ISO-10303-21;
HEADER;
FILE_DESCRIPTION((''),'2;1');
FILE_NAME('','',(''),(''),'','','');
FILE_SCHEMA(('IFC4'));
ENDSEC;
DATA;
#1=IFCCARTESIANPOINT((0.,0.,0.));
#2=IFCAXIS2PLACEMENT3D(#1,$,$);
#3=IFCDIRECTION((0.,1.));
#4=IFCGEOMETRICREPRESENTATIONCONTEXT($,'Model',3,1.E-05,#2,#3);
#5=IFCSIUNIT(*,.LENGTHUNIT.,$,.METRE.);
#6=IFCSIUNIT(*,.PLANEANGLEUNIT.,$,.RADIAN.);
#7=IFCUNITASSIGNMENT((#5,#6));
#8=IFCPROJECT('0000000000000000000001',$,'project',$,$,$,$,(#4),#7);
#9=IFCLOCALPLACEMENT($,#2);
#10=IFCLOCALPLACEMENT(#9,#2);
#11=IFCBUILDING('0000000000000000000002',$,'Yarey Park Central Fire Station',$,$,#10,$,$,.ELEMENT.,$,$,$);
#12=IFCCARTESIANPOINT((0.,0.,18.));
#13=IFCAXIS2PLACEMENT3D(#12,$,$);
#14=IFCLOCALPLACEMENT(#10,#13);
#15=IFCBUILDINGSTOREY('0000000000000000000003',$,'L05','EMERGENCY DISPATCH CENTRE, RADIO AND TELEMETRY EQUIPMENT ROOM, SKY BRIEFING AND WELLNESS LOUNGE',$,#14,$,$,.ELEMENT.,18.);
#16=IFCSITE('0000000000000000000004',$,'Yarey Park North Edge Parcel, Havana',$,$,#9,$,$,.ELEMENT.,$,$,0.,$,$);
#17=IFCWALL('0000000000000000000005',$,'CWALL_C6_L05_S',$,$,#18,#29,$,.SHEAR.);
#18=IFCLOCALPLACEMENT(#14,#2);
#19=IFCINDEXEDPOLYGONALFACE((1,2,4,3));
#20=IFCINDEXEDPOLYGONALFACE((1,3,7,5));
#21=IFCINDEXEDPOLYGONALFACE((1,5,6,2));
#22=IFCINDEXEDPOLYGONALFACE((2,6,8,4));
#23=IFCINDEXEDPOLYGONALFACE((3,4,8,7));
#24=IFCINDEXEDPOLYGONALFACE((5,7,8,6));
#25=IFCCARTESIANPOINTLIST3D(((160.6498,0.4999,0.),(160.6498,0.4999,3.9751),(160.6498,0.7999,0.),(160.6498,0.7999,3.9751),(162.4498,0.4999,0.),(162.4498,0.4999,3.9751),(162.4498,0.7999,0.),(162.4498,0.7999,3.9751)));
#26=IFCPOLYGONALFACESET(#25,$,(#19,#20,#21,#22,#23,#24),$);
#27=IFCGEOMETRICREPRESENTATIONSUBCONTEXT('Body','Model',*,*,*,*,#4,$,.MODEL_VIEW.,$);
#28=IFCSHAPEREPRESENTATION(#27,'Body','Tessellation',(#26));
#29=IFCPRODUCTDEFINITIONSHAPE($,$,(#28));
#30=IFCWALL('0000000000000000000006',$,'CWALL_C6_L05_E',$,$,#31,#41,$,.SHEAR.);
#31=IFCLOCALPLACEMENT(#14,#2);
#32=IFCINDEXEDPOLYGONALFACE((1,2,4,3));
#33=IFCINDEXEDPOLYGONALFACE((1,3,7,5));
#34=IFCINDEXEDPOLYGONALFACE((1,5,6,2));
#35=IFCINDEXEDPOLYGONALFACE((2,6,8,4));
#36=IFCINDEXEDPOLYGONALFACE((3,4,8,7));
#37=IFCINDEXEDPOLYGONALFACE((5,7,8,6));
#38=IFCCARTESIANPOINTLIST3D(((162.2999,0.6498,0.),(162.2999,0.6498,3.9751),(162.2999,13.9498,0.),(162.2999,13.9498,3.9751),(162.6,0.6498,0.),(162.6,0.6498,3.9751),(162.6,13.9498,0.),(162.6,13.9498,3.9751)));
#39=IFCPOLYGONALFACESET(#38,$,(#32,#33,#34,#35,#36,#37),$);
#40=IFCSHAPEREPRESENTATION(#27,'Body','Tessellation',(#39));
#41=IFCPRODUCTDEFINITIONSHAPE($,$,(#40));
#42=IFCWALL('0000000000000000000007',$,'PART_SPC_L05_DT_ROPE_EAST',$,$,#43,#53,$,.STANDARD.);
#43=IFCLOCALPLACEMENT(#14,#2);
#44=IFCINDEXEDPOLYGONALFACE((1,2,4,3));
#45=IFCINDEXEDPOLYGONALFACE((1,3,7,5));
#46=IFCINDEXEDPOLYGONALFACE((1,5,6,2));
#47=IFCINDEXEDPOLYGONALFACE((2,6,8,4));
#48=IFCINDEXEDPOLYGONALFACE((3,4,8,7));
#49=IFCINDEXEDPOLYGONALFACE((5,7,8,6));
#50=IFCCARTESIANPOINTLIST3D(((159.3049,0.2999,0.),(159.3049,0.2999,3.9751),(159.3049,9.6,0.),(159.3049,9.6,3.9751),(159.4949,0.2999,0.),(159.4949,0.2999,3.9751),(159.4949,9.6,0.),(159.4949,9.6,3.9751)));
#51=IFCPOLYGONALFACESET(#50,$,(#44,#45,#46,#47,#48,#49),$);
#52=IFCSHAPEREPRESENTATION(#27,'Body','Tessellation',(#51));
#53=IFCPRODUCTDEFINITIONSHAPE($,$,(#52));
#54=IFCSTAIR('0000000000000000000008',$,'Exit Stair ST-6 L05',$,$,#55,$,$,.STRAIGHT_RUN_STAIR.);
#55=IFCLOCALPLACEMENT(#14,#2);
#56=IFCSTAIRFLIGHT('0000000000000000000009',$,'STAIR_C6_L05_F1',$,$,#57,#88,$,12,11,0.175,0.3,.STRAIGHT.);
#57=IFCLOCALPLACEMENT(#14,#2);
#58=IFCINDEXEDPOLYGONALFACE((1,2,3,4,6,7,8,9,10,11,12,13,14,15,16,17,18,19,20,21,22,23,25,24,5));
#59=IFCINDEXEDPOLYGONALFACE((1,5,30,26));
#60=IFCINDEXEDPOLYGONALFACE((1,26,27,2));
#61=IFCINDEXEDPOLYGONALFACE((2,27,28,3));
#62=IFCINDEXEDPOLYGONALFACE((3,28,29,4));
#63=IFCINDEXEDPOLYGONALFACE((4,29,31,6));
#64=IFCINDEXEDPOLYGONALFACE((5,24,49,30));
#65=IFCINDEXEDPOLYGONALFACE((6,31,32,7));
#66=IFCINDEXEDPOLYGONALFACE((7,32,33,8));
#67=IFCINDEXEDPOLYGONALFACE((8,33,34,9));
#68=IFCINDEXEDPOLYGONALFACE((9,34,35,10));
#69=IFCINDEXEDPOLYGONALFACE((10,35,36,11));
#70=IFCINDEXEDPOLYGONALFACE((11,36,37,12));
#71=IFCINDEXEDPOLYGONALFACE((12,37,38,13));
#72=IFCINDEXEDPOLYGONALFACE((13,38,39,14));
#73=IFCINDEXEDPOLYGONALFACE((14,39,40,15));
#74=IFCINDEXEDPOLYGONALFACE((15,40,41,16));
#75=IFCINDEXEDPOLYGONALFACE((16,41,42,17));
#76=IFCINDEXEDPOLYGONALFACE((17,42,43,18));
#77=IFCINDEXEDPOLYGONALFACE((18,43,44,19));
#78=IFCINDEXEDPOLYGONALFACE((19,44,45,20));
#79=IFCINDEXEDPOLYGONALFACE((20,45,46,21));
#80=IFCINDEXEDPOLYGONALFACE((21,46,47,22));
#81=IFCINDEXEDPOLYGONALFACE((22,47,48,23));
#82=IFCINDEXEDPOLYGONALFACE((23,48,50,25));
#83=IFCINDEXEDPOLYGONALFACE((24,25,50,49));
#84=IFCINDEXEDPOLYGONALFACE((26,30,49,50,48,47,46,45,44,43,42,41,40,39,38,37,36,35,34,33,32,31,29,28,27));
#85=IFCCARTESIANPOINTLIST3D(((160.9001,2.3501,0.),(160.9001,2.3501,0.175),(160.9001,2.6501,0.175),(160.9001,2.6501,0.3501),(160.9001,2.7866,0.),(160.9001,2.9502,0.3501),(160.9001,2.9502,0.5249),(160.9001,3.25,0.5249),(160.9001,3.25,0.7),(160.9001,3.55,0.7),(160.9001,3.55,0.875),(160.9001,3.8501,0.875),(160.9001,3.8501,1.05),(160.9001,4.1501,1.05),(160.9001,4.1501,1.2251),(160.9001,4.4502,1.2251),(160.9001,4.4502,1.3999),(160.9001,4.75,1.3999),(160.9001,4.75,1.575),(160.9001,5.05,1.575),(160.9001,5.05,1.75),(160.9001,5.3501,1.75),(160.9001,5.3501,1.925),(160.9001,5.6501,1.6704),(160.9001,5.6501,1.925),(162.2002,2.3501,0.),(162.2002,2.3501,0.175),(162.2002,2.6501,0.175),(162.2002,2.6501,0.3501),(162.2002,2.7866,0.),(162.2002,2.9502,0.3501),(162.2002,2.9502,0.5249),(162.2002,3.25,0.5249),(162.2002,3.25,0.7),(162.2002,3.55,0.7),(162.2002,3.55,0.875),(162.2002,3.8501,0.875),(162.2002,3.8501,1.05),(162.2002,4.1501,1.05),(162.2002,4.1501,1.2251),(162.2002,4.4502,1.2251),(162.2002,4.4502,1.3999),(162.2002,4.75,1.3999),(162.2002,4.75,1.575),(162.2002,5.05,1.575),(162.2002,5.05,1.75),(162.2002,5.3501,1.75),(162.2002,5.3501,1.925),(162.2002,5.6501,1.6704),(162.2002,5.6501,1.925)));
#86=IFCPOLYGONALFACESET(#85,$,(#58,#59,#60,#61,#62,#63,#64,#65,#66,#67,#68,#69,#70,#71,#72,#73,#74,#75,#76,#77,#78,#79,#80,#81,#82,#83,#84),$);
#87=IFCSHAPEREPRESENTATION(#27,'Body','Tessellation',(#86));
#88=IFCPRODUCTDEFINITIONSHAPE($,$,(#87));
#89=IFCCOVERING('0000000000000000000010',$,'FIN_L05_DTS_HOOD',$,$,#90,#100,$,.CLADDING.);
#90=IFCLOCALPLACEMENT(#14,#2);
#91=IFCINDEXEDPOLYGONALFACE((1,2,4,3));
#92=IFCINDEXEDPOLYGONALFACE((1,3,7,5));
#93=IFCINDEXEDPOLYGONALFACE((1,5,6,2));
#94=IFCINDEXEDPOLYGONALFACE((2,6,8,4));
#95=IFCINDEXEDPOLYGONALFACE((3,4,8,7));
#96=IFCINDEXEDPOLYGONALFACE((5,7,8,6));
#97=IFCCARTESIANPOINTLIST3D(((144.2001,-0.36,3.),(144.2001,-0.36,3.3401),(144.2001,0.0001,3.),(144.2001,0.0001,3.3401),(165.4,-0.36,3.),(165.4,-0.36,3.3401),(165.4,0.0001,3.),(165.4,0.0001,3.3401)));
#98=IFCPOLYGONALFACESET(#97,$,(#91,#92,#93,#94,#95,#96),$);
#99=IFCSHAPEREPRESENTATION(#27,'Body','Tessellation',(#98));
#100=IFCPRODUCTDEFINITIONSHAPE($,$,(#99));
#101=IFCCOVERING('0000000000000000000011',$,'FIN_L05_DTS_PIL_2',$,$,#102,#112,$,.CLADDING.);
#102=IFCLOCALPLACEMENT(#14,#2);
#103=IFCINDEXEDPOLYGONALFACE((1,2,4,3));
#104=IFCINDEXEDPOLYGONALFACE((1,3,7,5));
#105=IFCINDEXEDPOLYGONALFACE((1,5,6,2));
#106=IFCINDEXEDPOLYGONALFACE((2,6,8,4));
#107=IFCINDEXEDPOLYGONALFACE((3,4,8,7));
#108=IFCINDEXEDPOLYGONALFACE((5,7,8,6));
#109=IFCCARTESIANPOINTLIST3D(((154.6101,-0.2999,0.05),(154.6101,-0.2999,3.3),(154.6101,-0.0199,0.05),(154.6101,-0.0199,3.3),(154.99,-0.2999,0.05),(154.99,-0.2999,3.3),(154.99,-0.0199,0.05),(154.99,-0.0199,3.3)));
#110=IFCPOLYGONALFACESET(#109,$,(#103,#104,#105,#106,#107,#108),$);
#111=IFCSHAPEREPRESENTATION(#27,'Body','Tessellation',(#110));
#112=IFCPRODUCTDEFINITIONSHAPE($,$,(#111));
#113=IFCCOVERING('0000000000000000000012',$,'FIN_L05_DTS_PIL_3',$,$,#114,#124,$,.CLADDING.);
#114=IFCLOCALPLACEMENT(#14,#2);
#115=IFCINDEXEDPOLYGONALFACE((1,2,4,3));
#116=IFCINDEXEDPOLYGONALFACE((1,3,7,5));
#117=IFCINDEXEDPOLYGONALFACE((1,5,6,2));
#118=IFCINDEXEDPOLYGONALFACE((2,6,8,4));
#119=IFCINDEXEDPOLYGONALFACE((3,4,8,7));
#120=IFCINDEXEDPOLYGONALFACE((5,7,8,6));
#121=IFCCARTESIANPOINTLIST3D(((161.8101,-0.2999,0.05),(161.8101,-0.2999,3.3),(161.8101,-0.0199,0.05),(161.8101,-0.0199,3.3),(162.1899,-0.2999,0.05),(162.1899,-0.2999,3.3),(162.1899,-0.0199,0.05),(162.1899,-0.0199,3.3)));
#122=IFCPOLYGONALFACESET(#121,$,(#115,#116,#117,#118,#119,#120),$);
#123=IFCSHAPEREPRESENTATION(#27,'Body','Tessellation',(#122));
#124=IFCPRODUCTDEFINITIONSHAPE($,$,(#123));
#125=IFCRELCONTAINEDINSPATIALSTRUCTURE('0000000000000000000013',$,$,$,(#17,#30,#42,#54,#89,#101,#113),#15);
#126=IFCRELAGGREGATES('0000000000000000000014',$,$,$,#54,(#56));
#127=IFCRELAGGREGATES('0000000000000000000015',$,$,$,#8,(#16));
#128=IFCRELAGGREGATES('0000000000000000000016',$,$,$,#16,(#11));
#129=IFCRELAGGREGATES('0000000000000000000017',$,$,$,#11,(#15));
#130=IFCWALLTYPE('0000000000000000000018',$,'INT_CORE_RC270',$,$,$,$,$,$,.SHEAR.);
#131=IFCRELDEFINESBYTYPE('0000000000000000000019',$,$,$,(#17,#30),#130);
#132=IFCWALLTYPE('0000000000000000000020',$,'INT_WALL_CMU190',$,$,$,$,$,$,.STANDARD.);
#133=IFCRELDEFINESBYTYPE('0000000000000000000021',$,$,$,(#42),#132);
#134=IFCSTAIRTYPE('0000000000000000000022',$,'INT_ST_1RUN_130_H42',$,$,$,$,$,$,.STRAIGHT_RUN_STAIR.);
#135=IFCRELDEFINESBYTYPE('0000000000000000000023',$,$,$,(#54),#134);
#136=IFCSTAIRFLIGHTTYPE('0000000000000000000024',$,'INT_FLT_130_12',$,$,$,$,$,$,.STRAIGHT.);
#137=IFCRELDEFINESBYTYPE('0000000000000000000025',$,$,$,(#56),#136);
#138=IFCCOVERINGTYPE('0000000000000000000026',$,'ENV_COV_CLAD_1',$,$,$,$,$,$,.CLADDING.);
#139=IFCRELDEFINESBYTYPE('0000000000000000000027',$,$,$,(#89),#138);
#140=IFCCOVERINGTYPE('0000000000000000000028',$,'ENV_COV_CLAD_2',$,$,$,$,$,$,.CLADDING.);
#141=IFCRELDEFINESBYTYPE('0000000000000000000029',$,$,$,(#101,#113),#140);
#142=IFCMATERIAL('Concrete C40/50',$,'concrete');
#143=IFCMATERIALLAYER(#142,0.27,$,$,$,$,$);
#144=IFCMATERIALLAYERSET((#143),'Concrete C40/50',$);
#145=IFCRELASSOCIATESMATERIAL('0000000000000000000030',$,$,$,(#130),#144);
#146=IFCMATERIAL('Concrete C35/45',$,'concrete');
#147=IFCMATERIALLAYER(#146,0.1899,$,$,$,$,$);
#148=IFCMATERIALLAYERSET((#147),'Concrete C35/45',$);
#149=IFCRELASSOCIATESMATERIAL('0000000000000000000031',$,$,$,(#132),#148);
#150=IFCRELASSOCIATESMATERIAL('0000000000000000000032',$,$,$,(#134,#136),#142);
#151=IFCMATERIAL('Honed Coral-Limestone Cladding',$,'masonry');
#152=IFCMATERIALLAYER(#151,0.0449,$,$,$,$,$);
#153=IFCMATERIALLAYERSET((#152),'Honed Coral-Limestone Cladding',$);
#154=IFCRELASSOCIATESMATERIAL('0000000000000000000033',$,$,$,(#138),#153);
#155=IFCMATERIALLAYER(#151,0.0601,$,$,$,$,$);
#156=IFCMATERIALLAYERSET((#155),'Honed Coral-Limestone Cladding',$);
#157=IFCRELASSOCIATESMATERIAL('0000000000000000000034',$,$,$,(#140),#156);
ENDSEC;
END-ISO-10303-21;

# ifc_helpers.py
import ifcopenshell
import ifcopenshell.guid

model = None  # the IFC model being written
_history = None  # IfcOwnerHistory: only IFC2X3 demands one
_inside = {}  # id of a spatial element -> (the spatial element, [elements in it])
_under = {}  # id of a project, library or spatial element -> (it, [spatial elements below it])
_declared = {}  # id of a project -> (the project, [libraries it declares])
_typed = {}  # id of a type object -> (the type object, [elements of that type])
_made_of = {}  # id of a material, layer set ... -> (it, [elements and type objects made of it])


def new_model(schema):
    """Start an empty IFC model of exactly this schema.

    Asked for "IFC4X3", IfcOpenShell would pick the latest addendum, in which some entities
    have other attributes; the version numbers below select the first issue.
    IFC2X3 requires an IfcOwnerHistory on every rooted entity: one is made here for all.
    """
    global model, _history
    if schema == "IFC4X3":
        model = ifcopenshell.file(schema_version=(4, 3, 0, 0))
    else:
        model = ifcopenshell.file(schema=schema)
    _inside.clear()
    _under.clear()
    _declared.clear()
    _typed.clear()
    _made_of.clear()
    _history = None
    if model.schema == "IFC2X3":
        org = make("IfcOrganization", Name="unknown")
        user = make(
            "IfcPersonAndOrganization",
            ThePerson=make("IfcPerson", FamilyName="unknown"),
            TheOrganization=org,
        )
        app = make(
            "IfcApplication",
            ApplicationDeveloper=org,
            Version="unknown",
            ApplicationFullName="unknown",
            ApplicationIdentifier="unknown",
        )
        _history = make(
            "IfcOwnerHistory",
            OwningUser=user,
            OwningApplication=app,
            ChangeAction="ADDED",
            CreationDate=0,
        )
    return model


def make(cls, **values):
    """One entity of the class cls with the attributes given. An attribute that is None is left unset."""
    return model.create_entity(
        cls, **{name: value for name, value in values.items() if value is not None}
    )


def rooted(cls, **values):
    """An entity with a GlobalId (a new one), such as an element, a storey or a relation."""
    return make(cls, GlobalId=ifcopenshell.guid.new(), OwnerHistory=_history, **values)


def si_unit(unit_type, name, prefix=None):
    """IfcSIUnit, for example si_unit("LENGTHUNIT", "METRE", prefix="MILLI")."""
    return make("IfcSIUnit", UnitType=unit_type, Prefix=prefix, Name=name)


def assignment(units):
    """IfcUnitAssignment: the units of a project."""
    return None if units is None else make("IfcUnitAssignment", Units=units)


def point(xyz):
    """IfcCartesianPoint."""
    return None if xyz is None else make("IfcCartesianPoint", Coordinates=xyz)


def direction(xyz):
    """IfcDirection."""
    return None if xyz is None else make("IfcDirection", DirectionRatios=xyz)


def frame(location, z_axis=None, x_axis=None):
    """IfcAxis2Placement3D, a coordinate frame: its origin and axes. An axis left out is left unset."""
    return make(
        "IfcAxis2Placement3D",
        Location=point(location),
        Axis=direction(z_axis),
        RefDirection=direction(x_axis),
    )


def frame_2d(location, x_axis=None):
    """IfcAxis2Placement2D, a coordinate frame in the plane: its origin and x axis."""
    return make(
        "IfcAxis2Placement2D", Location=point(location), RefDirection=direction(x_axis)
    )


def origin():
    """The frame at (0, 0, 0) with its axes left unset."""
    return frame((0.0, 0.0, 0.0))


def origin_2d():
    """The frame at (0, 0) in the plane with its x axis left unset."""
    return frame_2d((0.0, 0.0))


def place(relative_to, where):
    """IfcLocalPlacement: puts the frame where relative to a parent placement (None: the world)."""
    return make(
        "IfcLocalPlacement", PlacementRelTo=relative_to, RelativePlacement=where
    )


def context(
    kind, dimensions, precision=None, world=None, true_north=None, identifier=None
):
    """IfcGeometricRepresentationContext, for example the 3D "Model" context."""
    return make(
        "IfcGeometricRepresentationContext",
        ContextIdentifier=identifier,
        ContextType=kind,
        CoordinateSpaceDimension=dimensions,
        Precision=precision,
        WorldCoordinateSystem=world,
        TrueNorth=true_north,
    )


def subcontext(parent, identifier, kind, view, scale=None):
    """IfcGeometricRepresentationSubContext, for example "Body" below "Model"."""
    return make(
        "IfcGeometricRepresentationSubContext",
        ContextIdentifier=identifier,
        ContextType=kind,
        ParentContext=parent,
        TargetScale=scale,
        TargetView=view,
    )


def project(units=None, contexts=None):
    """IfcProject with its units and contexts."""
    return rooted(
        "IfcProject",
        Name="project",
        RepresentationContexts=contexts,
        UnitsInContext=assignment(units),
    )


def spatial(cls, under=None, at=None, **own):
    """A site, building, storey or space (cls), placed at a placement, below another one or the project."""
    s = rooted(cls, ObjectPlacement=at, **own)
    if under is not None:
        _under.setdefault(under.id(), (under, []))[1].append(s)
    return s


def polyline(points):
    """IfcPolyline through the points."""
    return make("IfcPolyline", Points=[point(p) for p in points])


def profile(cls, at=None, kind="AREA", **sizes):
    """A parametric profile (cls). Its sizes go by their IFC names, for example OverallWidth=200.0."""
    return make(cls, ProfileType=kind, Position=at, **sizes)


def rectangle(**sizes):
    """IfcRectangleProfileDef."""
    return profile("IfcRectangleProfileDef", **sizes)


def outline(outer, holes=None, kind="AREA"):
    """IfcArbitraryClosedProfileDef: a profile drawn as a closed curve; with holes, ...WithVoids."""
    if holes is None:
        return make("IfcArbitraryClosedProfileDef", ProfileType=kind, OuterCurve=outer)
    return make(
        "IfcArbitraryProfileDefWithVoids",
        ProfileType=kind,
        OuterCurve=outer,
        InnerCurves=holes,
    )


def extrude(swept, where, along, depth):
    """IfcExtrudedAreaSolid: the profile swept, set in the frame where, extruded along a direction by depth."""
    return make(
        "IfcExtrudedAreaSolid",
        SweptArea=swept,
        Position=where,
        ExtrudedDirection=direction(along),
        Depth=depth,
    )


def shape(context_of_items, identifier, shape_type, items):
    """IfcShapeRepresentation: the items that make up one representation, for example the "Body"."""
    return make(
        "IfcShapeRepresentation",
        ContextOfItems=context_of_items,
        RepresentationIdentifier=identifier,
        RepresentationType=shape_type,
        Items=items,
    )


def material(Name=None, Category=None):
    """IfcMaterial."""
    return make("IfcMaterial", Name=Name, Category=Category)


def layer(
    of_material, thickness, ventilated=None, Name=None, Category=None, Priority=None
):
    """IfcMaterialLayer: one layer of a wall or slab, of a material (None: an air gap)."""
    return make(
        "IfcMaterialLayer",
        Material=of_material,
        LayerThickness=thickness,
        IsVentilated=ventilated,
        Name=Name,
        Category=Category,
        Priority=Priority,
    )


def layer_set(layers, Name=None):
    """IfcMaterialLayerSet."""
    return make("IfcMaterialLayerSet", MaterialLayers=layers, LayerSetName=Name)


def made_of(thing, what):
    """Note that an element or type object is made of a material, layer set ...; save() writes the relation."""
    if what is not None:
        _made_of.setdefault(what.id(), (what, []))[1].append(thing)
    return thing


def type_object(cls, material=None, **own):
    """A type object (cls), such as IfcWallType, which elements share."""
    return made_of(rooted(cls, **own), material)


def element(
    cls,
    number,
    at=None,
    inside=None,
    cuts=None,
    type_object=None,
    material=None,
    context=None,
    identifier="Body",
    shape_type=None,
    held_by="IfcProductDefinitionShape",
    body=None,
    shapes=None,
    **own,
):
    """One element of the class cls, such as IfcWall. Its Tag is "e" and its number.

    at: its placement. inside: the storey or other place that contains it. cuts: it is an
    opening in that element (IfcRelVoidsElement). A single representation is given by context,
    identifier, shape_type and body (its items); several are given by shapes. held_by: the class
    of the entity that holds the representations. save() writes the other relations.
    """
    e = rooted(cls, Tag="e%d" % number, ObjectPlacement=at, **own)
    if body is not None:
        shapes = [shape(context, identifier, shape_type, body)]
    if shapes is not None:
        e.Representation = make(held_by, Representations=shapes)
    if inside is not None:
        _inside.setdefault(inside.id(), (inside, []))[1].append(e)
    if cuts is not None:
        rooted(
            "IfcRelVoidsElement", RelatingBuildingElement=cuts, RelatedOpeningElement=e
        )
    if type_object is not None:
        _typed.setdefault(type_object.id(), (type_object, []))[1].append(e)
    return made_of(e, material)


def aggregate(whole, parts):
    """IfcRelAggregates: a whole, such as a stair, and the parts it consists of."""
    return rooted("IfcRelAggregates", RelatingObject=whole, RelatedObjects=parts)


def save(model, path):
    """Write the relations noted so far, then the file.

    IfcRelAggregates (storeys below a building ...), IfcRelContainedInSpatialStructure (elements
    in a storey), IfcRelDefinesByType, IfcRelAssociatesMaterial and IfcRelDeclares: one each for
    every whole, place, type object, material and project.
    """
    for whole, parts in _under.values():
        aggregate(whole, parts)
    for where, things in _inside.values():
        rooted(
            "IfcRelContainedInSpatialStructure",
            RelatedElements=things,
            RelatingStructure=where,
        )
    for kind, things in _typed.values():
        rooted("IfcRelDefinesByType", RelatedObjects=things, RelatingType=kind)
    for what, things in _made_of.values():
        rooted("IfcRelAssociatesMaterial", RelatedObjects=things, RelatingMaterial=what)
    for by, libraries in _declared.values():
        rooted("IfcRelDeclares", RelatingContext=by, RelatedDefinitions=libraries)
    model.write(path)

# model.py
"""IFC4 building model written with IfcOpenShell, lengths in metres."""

from ifc_helpers import new_model, si_unit, direction, frame, frame_2d, origin, origin_2d, place, context, subcontext, project, spatial, polyline, rectangle, outline, extrude, material, layer, layer_set, type_object, element, aggregate, save


model = new_model("IFC4")

# Units and contexts
model_context = context("Model", 3, precision=1e-05, world=origin(), true_north=direction((0.0, 1.0)))
body_context = subcontext(model_context, "Body", "Model", "MODEL_VIEW")
ifc_project = project(units=[si_unit("LENGTHUNIT", "METRE"), si_unit("PLANEANGLEUNIT", "RADIAN")], contexts=[model_context])

# Site, building, storey
site_placement = place(None, origin())
site = spatial("IfcSite", under=ifc_project, at=site_placement, Name="Yarey Park North Edge Parcel, Havana", CompositionType="ELEMENT", RefElevation=0.0)
building_placement = place(site_placement, origin())
building = spatial("IfcBuilding", under=site, at=building_placement, Name="Yarey Park Central Fire Station", CompositionType="ELEMENT")
storey_placement = place(building_placement, frame((0.0, 0.0, 18.0)))
storey = spatial("IfcBuildingStorey", under=building, at=storey_placement, Name="L05", Description="EMERGENCY DISPATCH CENTRE, RADIO AND TELEMETRY EQUIPMENT ROOM, SKY BRIEFING AND WELLNESS LOUNGE", CompositionType="ELEMENT", Elevation=18.0)

# Shared definitions
ifc_material_1 = material(Name="Concrete C40/50", Category="concrete")

# Shared definitions
ifc_layer_1 = layer(ifc_material_1, 0.27)
ifc_layer_set_1 = layer_set([ifc_layer_1], Name="Concrete C40/50")
wall_type_1 = type_object("IfcWallType", Name="INT_CORE_RC270", PredefinedType="SHEAR", material=ifc_layer_set_1)

# Walls
wall_1_placement = place(storey_placement, frame((160.6499, 0.6499, 0.0), z_axis=(0.0, 0.0, 1.0), x_axis=(1.0, 0.0, 0.0)))
element("IfcWall", 1, at=wall_1_placement, inside=storey, type_object=wall_type_1, Name="CWALL_C6_L05_S", PredefinedType="SHEAR", context=body_context, shape_type="SweptSolid", body=[
    extrude(rectangle(XDim=1.8, YDim=0.3, at=frame_2d((0.8999, 0.0))), origin(), (0.0, 0.0, 1.0), 3.9751),
])
wall_2_placement = place(storey_placement, frame((162.45, 0.6499, 0.0), z_axis=(0.0, 0.0, 1.0), x_axis=(0.0, 1.0, 0.0)))
element("IfcWall", 2, at=wall_2_placement, inside=storey, type_object=wall_type_1, Name="CWALL_C6_L05_E", PredefinedType="SHEAR", context=body_context, shape_type="SweptSolid", body=[
    extrude(rectangle(XDim=13.3, YDim=0.3, at=frame_2d((6.6499, 0.0))), origin(), (0.0, 0.0, 1.0), 3.9751),
])
ifc_material_2 = material(Name="Concrete C35/45", Category="concrete")
ifc_layer_2 = layer(ifc_material_2, 0.1899)
ifc_layer_set_2 = layer_set([ifc_layer_2], Name="Concrete C35/45")
wall_type_2 = type_object("IfcWallType", Name="INT_WALL_CMU190", PredefinedType="STANDARD", material=ifc_layer_set_2)
wall_3_placement = place(storey_placement, frame((159.3999, 0.3, 0.0), z_axis=(0.0, 0.0, 1.0), x_axis=(0.0, 1.0, 0.0)))
element("IfcWall", 3, at=wall_3_placement, inside=storey, type_object=wall_type_2, Name="PART_SPC_L05_DT_ROPE_EAST", PredefinedType="STANDARD", context=body_context, shape_type="SweptSolid", body=[
    extrude(rectangle(XDim=9.3, YDim=0.1899, at=frame_2d((4.6499, 0.0))), origin(), (0.0, 0.0, 1.0), 3.9751),
])

# Stair, stair flight
stair_type = type_object("IfcStairType", Name="INT_ST_1RUN_130_H42", PredefinedType="STRAIGHT_RUN_STAIR", material=ifc_material_1)
stair_placement = place(storey_placement, origin())
stair = element("IfcStair", 4, at=stair_placement, inside=storey, type_object=stair_type, Name="Exit Stair ST-6 L05", PredefinedType="STRAIGHT_RUN_STAIR")
stair_flight_type = type_object("IfcStairFlightType", Name="INT_FLT_130_12", PredefinedType="STRAIGHT", material=ifc_material_1)
stair_flight_placement = place(storey_placement, frame((161.55, 2.3501, 0.0), z_axis=(0.0, 0.0, 1.0), x_axis=(0.0, 1.0, 0.0)))
stair_flight = element("IfcStairFlight", 5, at=stair_flight_placement, type_object=stair_flight_type, Name="STAIR_C6_L05_F1", NumberOfRisers=12, NumberOfTreads=11, PredefinedType="STRAIGHT", RiserHeight=0.175, TreadLength=0.3, context=body_context, shape_type="SweptSolid", body=[
    extrude(outline(polyline([(0.0, 0.0), (0.0, 0.175), (0.3, 0.175), (0.3, 0.3501), (0.6001, 0.3501), (0.6001, 0.5249), (0.8999, 0.5249), (0.8999, 0.7), (1.2, 0.7), (1.2, 0.875), (1.5, 0.875), (1.5, 1.05), (1.8, 1.05), (1.8, 1.2251), (2.1001, 1.2251), (2.1001, 1.3999), (2.3999, 1.3999), (2.3999, 1.575), (2.7, 1.575), (2.7, 1.75), (3.0, 1.75), (3.0, 1.925), (3.3, 1.925), (3.3, 2.1001), (3.3, 1.6704), (0.4365, 0.0), (0.0, 0.0)])), frame((0.0, 0.6499, 0.0), z_axis=(0.0, -1.0, 0.0), x_axis=(1.0, 0.0, 0.0)), (0.0, 0.0, 1.0), 1.3),
])
aggregate(stair, [stair_flight])

# Coverings
ifc_material_3 = material(Name="Honed Coral-Limestone Cladding", Category="masonry")
ifc_layer_3 = layer(ifc_material_3, 0.0449)
ifc_layer_set_3 = layer_set([ifc_layer_3], Name="Honed Coral-Limestone Cladding")
covering_type_1 = type_object("IfcCoveringType", Name="ENV_COV_CLAD_1", PredefinedType="CLADDING", material=ifc_layer_set_3)
covering_placement = place(storey_placement, frame((154.8, -0.1799, 3.0), z_axis=(0.0, 0.0, 1.0), x_axis=(1.0, 0.0, 0.0)))
element("IfcCovering", 6, at=covering_placement, inside=storey, type_object=covering_type_1, Name="FIN_L05_DTS_HOOD", PredefinedType="CLADDING", context=body_context, shape_type="SweptSolid", body=[
    extrude(rectangle(XDim=21.2, YDim=0.3601, at=origin_2d()), origin(), (0.0, 0.0, 1.0), 0.3401),
])
ifc_layer_4 = layer(ifc_material_3, 0.0601)
ifc_layer_set_4 = layer_set([ifc_layer_4], Name="Honed Coral-Limestone Cladding")
covering_type_2 = type_object("IfcCoveringType", Name="ENV_COV_CLAD_2", PredefinedType="CLADDING", material=ifc_layer_set_4)
for number, where, z_axis, x_axis, name in (
    (7, (154.8, -0.1599, 0.05), (0.0, 0.0, 1.0), (1.0, 0.0, 0.0), "FIN_L05_DTS_PIL_2"),
    (8, (162.0, -0.1599, 0.05), (0.0, 0.0, 1.0), (1.0, 0.0, 0.0), "FIN_L05_DTS_PIL_3"),
):
    element("IfcCovering", number, at=place(storey_placement, frame(where, z_axis=z_axis, x_axis=x_axis)), inside=storey, type_object=covering_type_2, Name=name, PredefinedType="CLADDING", context=body_context, shape_type="SweptSolid", body=[
        extrude(rectangle(XDim=0.3799, YDim=0.28, at=origin_2d()), origin(), (0.0, 0.0, 1.0), 3.25),
    ])

save(model, "model.ifc")
